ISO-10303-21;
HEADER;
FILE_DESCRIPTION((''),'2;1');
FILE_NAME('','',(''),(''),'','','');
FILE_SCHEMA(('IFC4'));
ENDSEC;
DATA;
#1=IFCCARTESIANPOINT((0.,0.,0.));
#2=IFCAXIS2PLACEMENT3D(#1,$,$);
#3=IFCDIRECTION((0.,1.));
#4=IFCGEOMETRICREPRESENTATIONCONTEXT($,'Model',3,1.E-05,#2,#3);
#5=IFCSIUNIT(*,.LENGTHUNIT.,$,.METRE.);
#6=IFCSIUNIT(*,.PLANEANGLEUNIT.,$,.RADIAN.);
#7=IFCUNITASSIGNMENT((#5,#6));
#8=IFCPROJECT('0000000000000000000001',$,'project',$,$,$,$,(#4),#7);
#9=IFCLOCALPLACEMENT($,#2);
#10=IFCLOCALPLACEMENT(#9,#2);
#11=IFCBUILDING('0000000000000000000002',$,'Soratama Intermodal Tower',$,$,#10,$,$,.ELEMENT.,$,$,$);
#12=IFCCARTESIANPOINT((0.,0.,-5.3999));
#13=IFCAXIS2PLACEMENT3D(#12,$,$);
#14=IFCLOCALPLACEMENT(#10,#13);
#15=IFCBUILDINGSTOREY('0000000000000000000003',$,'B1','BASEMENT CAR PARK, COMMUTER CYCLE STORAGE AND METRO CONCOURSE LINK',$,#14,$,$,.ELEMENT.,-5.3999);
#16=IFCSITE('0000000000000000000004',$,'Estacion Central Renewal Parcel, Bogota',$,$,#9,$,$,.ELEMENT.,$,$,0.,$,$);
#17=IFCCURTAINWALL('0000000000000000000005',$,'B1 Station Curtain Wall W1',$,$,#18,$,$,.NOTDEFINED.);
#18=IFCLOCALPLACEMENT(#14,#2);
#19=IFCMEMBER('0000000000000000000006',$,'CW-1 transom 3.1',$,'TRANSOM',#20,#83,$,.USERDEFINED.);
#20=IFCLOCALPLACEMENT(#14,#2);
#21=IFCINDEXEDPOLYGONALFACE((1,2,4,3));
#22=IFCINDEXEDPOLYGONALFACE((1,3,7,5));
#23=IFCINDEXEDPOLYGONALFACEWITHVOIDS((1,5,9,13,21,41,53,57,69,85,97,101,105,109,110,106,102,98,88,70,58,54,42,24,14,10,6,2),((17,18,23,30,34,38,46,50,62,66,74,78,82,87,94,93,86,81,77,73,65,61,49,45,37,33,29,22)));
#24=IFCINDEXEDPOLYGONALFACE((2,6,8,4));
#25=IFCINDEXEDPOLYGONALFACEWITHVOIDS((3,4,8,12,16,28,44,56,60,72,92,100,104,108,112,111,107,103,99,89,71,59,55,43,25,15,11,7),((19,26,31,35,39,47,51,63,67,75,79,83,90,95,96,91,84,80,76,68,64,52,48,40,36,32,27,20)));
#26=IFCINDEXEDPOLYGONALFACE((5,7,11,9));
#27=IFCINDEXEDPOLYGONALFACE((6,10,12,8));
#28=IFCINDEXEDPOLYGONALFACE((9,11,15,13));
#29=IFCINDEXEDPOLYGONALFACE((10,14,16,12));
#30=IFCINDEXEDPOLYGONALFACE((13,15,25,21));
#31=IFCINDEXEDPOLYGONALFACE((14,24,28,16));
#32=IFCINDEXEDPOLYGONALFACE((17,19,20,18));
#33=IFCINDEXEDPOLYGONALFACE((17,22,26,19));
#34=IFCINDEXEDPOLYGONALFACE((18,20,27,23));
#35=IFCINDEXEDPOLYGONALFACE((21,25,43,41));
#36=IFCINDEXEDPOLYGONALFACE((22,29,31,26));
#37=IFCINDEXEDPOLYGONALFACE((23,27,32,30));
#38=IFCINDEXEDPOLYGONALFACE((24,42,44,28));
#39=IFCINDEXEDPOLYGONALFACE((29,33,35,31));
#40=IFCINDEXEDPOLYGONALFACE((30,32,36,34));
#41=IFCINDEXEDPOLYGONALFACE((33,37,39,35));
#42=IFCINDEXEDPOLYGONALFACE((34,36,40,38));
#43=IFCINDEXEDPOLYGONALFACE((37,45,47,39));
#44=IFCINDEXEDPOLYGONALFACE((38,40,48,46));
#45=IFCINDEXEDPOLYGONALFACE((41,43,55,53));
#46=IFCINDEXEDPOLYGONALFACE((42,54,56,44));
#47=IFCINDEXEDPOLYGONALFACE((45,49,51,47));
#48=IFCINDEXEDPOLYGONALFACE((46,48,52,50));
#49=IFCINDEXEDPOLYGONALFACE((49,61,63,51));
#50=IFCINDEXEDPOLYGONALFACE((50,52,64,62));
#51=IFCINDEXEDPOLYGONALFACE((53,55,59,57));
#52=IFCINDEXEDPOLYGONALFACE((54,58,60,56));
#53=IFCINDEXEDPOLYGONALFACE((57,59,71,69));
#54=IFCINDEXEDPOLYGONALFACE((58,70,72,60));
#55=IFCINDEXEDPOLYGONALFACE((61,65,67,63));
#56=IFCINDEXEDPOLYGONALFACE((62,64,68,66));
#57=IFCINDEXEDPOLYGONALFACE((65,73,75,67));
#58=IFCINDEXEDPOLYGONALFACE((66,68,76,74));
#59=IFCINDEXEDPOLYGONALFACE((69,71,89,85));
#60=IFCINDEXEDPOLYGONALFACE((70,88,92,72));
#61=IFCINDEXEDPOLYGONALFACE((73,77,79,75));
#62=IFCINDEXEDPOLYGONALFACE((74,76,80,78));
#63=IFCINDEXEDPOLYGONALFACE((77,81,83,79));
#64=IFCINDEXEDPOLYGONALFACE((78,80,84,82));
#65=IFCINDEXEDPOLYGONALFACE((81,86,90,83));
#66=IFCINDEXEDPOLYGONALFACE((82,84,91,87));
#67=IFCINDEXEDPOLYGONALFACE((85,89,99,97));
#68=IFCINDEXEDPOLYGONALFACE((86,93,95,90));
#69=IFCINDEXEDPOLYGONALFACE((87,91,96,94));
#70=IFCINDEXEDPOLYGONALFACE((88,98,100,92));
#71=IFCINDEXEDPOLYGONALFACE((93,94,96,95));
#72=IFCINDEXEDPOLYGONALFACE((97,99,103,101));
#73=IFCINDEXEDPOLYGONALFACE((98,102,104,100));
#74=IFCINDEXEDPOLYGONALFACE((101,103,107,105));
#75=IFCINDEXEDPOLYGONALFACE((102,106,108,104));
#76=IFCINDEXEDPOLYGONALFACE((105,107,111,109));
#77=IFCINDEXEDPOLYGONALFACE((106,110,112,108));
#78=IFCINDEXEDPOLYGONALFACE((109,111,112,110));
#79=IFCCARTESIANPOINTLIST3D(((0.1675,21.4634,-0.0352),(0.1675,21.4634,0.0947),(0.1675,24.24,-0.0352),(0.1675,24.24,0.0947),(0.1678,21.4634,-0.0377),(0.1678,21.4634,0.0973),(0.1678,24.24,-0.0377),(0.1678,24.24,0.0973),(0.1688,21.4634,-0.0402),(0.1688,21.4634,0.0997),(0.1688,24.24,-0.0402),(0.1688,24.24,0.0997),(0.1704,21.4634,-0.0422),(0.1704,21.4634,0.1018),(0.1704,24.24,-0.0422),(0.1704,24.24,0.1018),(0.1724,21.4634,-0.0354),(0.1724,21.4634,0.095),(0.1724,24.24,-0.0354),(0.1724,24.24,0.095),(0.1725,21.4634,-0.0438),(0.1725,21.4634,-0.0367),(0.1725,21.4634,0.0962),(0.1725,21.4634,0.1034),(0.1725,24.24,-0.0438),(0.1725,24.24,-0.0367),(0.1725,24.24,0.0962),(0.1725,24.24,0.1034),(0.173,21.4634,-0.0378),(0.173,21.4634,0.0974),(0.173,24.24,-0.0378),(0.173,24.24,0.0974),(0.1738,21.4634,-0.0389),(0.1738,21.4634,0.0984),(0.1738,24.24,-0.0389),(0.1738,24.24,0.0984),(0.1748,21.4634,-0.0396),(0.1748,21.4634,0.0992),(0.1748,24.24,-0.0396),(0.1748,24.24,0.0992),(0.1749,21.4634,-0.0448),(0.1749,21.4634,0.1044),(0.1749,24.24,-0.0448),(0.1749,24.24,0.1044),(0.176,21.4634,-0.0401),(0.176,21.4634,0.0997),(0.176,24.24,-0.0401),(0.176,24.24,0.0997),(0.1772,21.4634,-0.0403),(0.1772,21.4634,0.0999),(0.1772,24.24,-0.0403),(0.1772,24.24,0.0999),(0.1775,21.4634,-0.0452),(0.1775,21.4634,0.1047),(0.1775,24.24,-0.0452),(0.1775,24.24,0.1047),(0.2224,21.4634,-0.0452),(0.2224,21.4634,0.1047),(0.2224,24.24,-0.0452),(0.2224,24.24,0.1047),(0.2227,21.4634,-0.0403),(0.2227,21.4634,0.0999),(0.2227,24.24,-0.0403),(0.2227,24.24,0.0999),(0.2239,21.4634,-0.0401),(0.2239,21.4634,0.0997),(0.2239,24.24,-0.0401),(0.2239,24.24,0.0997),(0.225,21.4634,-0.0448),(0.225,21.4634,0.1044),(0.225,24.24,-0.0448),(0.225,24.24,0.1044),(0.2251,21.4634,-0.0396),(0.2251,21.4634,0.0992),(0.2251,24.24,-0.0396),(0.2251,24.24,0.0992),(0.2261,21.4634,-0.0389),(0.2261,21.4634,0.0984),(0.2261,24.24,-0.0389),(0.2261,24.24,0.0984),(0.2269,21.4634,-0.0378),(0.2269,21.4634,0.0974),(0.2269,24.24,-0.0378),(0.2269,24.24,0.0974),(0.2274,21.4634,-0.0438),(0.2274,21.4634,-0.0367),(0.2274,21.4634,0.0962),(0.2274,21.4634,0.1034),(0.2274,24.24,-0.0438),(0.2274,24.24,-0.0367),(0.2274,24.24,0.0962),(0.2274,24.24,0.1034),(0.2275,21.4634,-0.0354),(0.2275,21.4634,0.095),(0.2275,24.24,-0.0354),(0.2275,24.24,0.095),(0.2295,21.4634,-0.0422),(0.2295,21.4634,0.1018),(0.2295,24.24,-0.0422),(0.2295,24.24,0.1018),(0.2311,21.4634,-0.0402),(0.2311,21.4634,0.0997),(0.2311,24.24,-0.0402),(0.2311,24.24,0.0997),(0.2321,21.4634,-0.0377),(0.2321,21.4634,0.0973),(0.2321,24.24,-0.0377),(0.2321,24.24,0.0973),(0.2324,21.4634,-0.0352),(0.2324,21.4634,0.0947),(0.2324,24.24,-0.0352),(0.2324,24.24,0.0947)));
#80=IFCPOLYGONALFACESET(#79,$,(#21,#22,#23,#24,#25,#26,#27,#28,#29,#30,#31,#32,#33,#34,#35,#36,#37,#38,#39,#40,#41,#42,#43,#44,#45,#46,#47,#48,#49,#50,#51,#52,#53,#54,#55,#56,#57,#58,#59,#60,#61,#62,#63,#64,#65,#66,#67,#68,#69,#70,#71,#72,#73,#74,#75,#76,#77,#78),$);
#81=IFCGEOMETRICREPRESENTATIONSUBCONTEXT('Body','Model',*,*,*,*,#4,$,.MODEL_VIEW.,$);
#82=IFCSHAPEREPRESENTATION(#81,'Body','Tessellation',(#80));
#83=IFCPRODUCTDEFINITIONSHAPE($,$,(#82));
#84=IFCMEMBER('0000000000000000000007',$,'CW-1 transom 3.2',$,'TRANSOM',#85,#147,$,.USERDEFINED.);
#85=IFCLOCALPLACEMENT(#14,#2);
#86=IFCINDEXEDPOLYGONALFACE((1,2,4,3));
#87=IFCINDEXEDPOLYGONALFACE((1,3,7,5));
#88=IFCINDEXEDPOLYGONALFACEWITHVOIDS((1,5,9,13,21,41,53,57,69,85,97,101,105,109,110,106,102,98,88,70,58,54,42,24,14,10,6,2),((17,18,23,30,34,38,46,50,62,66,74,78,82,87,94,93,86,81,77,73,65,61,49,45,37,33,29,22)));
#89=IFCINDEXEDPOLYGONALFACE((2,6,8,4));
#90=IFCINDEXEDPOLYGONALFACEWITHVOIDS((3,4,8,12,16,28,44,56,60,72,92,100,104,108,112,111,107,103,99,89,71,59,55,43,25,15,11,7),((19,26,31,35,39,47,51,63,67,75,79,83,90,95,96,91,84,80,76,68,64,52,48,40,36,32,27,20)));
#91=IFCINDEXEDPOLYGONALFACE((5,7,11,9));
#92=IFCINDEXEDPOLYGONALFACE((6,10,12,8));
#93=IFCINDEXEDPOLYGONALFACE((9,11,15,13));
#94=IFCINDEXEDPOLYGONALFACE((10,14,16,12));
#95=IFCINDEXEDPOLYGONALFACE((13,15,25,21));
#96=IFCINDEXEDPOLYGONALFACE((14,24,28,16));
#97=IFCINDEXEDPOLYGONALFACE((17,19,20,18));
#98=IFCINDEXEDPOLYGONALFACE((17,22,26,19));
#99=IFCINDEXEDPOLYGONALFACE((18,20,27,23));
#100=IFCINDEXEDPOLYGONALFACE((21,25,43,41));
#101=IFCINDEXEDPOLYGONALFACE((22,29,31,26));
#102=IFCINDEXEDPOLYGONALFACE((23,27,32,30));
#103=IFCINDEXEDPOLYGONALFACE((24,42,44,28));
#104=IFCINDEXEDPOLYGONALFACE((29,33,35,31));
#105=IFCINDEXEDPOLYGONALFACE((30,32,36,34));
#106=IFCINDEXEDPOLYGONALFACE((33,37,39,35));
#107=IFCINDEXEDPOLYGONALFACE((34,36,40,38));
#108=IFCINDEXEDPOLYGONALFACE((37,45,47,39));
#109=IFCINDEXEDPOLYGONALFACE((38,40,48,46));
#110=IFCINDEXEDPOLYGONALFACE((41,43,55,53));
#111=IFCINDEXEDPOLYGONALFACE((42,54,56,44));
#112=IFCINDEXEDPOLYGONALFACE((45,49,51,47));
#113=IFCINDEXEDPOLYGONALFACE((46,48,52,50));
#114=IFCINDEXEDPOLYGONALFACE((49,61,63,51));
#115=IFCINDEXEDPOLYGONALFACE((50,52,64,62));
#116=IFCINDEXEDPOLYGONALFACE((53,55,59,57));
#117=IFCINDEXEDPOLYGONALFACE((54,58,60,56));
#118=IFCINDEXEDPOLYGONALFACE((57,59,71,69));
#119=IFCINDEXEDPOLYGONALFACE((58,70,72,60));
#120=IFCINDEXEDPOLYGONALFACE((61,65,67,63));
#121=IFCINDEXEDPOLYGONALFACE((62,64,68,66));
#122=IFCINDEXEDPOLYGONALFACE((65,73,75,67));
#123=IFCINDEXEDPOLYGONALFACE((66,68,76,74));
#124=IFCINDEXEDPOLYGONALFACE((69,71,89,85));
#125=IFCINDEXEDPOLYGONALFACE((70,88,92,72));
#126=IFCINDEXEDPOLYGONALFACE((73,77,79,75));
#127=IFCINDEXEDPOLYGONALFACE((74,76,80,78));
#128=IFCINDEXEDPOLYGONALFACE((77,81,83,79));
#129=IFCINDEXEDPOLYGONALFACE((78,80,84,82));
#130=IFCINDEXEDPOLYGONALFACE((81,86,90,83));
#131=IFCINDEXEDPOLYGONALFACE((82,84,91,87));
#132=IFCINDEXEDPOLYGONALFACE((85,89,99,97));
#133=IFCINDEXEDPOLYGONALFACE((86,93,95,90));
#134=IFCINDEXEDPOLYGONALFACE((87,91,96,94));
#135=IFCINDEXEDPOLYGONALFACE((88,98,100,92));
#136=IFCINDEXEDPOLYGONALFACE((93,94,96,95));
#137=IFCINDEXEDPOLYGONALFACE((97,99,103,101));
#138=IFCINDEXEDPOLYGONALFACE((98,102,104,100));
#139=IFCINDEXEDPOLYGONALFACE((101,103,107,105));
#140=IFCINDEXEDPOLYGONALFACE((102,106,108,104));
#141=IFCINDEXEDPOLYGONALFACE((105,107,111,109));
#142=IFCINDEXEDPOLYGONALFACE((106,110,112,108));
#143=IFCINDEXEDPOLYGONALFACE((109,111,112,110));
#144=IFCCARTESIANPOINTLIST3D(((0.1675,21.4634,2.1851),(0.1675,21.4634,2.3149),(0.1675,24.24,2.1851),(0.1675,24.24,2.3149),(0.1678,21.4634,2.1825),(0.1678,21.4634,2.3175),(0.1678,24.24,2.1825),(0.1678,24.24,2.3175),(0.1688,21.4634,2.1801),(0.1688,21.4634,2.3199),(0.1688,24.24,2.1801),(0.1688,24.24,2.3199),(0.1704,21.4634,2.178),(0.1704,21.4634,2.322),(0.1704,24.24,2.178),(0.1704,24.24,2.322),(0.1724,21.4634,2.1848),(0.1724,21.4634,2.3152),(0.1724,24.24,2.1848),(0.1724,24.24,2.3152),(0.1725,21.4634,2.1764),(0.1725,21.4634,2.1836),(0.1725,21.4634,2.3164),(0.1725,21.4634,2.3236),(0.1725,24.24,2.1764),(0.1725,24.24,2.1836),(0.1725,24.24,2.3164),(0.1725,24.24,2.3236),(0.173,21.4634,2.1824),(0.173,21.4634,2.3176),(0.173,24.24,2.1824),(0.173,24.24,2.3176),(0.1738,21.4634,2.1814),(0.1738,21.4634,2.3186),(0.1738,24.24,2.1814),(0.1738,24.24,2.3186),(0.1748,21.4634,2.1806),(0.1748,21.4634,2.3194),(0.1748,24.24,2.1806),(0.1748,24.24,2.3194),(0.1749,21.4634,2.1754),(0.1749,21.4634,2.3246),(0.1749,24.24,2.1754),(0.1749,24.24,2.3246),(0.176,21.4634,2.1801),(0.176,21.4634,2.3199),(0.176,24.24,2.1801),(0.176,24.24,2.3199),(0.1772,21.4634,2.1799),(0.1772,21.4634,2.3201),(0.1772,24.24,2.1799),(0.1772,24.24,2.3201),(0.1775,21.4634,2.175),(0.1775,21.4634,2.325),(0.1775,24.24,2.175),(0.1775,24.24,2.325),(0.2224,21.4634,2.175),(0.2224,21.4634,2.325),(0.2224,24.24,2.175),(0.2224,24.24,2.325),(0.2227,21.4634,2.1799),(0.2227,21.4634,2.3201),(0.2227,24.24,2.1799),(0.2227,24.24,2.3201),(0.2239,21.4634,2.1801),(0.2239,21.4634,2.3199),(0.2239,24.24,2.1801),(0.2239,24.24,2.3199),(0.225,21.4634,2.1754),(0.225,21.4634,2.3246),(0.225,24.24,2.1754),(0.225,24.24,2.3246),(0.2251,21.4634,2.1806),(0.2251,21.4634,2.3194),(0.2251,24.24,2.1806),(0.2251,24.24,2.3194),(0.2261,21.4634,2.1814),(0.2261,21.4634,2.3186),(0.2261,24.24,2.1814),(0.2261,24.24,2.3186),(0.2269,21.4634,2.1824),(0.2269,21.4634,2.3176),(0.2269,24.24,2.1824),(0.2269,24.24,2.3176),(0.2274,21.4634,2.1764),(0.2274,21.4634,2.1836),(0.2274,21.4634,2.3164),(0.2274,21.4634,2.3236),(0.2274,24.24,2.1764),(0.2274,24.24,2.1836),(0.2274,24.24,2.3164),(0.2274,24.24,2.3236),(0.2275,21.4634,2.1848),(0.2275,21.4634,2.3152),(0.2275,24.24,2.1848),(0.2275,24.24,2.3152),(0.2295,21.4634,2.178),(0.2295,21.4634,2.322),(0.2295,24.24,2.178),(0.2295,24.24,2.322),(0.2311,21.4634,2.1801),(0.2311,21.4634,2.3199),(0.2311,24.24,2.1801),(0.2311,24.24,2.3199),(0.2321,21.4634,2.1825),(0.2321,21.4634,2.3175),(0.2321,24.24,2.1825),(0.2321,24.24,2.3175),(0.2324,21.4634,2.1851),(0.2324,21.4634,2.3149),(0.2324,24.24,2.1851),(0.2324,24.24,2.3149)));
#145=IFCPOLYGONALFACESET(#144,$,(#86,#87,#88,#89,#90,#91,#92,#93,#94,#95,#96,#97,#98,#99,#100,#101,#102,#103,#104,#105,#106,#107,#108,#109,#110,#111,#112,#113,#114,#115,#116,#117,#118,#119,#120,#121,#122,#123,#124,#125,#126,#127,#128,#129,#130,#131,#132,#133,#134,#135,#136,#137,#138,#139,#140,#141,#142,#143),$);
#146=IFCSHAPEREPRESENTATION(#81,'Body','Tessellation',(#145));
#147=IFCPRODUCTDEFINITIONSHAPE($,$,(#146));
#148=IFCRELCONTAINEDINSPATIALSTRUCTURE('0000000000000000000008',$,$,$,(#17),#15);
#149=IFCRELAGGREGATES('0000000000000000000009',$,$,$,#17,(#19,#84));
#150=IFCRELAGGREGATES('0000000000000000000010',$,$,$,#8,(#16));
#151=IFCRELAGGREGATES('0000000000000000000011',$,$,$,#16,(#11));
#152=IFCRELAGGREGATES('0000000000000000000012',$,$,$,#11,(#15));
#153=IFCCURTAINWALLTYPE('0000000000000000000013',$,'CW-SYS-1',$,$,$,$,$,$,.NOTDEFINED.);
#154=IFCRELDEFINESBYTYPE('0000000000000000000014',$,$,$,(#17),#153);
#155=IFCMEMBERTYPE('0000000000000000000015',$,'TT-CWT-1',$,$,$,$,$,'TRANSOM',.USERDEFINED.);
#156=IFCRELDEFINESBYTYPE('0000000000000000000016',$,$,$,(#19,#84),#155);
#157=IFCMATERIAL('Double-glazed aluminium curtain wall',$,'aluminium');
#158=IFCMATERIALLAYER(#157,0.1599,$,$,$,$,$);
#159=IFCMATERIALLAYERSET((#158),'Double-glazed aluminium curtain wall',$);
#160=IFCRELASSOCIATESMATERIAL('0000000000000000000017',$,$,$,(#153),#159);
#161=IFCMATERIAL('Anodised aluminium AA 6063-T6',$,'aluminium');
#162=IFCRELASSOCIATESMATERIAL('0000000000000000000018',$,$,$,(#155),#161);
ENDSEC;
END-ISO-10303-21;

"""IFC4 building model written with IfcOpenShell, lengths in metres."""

from ifc_helpers import new_model, si_unit, direction, frame, origin, origin_2d, place, context, subcontext, project, spatial, hollow_rectangle, extrude, material, layer, layer_set, material_profile, profile_set, type_object, element, aggregate, save


model = new_model("IFC4")

# Units and contexts
model_context = context("Model", 3, precision=1e-05, world=origin(), true_north=direction((0.0, 1.0)))
body_context = subcontext(model_context, "Body", "Model", "MODEL_VIEW")
ifc_project = project(units=[si_unit("LENGTHUNIT", "METRE"), si_unit("PLANEANGLEUNIT", "RADIAN")], contexts=[model_context])

# Site, building, storey
site_placement = place(None, origin())
site = spatial("IfcSite", under=ifc_project, at=site_placement, Name="Estacion Central Renewal Parcel, Bogota", CompositionType="ELEMENT", RefElevation=0.0)
building_placement = place(site_placement, origin())
building = spatial("IfcBuilding", under=site, at=building_placement, Name="Soratama Intermodal Tower", CompositionType="ELEMENT")
storey_placement = place(building_placement, frame((0.0, 0.0, -5.3999)))
storey = spatial("IfcBuildingStorey", under=building, at=storey_placement, Name="B1", Description="BASEMENT CAR PARK, COMMUTER CYCLE STORAGE AND METRO CONCOURSE LINK", CompositionType="ELEMENT", Elevation=-5.3999)

# Curtain wall, members
ifc_material_1 = material(Name="Double-glazed aluminium curtain wall", Category="aluminium")
ifc_layer_1 = layer(ifc_material_1, 0.1599)
ifc_layer_set_1 = layer_set([ifc_layer_1], Name="Double-glazed aluminium curtain wall")
curtain_wall_type = type_object("IfcCurtainWallType", Name="CW-SYS-1", PredefinedType="NOTDEFINED", material=ifc_layer_set_1)
curtain_wall_placement = place(storey_placement, origin())
curtain_wall = element("IfcCurtainWall", 1, at=curtain_wall_placement, inside=storey, type_object=curtain_wall_type, Name="B1 Station Curtain Wall W1", PredefinedType="NOTDEFINED")
ifc_material_2 = material(Name="Anodised aluminium AA 6063-T6", Category="aluminium")
ifc_material_profile_1 = material_profile(ifc_material_2, hollow_rectangle(XDim=0.0649, YDim=0.1499, WallThickness=0.0049, InnerFilletRadius=0.0049, OuterFilletRadius=0.01, at=origin_2d()), Name="CWT150X65X5")
ifc_profile_set_1 = profile_set([ifc_material_profile_1], Name="Anodised aluminium AA 6063-T6")
member_type_1 = type_object("IfcMemberType", Name="TT-CWT-1", ElementType="TRANSOM", PredefinedType="USERDEFINED", material=ifc_profile_set_1)
member_1_placement = place(storey_placement, frame((0.2, 21.4634, 0.0298), z_axis=(0.0, 1.0, 0.0), x_axis=(-1.0, 0.0, 0.0)))
member_1 = element("IfcMember", 2, at=member_1_placement, type_object=member_type_1, Name="CW-1 transom 3.1", ObjectType="TRANSOM", PredefinedType="USERDEFINED", context=body_context, shape_type="SweptSolid", body=[
    extrude(hollow_rectangle(XDim=0.0649, YDim=0.1499, WallThickness=0.0049, InnerFilletRadius=0.0049, OuterFilletRadius=0.01, at=origin_2d()), origin(), (0.0, 0.0, 1.0), 2.7766),
])
member_2_placement = place(storey_placement, frame((0.2, 21.4634, 2.25), z_axis=(0.0, 1.0, 0.0), x_axis=(-1.0, 0.0, 0.0)))
member_2 = element("IfcMember", 3, at=member_2_placement, type_object=member_type_1, Name="CW-1 transom 3.2", ObjectType="TRANSOM", PredefinedType="USERDEFINED", context=body_context, shape_type="SweptSolid", body=[
    extrude(hollow_rectangle(XDim=0.0649, YDim=0.1499, WallThickness=0.0049, InnerFilletRadius=0.0049, OuterFilletRadius=0.01, at=origin_2d()), origin(), (0.0, 0.0, 1.0), 2.7766),
])
aggregate(curtain_wall, [member_1, member_2])

save(model, "model.ifc")
